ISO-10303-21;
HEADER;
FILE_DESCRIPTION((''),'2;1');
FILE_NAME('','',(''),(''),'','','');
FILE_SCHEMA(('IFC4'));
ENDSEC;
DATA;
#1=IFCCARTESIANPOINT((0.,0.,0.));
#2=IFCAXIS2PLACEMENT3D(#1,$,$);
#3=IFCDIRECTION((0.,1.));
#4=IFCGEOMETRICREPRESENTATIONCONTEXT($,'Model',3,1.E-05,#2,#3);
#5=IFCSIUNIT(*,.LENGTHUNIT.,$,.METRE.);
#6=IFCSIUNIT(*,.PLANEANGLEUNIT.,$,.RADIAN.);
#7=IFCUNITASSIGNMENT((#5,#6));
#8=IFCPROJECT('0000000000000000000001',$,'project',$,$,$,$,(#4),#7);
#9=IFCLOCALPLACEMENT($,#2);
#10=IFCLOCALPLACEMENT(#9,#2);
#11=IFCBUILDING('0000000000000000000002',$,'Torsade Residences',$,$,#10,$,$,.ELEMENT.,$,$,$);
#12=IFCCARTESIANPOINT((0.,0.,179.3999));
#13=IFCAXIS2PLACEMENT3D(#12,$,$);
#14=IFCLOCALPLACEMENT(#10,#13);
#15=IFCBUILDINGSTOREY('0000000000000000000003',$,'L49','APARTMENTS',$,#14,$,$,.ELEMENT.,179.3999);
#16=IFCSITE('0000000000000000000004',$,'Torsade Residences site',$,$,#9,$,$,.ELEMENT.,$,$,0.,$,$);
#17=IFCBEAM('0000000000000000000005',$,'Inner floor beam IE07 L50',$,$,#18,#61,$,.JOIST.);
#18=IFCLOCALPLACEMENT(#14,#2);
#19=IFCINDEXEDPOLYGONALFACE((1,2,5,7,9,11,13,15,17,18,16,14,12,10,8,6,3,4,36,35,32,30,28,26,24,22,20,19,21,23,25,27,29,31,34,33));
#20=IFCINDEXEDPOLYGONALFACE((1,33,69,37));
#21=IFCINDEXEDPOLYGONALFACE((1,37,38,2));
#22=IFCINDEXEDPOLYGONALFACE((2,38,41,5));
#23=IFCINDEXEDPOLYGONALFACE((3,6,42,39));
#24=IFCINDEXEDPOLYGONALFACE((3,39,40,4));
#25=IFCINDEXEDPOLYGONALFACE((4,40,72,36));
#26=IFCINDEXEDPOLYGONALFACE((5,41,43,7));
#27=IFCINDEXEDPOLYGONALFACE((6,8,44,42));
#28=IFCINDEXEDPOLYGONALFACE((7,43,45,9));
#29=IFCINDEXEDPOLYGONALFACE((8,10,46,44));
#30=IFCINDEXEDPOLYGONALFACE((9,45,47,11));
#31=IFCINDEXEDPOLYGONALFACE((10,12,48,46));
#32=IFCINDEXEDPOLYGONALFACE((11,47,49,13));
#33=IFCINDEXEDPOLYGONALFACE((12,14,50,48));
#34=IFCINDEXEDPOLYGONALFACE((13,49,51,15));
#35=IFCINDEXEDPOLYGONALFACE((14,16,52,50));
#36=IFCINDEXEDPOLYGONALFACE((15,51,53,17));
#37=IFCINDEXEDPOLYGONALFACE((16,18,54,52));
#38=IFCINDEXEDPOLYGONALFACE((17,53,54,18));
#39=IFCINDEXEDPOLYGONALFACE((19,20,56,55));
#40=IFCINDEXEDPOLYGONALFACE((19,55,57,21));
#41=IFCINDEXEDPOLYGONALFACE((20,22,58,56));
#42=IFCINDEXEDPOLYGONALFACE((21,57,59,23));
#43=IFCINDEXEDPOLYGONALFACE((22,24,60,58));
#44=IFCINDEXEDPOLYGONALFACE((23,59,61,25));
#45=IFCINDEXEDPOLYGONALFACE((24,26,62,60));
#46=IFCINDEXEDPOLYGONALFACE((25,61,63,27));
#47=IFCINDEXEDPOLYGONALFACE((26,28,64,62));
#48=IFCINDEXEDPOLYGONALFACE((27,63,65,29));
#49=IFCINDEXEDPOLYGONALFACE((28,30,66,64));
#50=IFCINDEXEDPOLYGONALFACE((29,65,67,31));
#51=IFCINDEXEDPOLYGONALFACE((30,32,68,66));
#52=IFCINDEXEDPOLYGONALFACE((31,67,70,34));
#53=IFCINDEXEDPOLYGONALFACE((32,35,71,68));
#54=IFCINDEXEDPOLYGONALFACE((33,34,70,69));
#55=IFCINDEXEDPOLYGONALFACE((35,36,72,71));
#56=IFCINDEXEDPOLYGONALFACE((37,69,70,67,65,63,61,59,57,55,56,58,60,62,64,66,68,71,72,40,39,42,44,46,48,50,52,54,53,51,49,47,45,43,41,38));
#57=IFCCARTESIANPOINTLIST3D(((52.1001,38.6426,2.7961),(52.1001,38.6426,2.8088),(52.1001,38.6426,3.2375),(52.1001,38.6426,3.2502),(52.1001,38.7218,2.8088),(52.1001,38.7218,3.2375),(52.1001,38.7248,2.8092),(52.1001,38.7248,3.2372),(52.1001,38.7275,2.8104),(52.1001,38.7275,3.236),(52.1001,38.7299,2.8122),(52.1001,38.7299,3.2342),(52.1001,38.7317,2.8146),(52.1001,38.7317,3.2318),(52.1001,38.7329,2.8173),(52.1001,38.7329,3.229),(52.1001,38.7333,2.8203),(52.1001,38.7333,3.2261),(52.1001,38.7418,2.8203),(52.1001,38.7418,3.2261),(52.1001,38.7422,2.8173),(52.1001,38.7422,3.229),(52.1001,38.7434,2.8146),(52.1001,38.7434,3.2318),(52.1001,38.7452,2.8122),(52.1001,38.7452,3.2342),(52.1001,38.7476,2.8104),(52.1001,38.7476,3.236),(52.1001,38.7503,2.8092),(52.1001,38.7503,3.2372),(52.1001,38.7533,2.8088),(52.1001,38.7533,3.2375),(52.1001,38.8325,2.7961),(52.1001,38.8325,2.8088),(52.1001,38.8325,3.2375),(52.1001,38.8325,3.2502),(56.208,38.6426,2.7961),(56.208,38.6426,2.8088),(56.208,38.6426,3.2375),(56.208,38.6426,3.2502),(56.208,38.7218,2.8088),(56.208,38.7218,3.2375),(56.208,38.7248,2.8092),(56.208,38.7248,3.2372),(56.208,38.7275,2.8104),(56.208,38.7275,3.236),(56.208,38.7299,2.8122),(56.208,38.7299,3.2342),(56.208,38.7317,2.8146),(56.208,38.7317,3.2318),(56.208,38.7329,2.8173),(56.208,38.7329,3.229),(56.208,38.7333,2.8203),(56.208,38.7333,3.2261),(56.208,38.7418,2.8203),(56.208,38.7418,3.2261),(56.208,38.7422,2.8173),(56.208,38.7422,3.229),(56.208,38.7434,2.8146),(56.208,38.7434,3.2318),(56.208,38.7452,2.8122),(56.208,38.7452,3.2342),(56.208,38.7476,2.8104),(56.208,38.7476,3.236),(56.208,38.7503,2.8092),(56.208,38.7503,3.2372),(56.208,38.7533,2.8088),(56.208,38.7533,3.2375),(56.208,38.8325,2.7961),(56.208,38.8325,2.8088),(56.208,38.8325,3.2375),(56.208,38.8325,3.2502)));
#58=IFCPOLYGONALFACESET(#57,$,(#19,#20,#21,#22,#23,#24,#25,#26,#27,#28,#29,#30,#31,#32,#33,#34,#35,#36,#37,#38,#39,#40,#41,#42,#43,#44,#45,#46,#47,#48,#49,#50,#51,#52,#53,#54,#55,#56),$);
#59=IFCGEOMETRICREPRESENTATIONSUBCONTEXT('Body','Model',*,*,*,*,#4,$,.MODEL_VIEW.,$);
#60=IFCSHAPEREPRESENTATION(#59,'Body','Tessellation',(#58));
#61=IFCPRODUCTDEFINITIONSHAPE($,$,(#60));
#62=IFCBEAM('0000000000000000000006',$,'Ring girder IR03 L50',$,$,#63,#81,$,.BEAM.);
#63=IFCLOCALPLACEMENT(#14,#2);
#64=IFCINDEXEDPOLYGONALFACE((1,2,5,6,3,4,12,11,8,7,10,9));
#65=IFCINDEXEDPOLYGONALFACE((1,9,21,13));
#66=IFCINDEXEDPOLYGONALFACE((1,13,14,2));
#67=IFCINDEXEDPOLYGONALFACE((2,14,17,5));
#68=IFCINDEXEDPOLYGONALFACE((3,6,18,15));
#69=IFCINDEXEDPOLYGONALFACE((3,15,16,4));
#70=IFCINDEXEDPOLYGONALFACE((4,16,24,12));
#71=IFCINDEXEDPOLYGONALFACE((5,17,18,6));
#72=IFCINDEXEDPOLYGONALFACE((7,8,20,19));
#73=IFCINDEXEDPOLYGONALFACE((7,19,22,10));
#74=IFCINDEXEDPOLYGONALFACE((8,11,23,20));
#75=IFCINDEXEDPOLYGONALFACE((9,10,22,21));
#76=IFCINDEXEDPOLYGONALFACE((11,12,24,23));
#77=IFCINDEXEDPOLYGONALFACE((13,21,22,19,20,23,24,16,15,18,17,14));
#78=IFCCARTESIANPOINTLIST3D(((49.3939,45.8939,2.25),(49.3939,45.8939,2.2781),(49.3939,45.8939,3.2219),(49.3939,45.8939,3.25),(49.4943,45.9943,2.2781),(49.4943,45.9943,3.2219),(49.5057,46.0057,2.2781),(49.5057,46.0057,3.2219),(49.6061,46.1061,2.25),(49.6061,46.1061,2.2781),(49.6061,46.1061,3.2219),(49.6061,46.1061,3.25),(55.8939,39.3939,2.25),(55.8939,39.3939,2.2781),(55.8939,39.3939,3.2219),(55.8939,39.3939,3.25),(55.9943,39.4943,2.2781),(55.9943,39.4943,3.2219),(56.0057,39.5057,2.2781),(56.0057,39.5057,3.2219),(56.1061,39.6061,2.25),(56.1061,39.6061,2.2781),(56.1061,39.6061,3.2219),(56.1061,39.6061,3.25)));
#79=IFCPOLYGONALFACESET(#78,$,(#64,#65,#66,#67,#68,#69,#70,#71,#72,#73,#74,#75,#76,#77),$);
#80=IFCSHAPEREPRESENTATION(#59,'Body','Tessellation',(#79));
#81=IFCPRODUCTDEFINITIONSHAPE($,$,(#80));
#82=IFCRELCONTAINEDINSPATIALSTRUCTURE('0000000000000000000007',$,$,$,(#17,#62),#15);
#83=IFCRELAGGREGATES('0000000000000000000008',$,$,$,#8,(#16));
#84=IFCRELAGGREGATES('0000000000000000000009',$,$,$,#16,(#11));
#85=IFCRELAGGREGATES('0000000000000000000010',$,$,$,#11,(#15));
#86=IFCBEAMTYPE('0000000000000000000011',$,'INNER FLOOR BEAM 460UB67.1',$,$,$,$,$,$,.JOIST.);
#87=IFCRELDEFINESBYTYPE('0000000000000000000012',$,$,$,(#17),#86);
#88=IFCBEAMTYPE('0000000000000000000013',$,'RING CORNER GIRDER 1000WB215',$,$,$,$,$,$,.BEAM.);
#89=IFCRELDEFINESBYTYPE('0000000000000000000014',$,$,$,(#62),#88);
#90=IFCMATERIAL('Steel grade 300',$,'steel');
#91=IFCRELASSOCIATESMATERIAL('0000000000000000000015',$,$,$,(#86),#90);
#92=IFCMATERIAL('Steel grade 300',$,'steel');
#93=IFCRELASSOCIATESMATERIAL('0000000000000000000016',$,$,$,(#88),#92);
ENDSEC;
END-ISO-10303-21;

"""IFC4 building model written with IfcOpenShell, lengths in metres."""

from ifc_helpers import new_model, si_unit, direction, frame, origin, origin_2d, place, context, subcontext, project, spatial, i_section, extrude, material, material_profile, profile_set, type_object, element, save


model = new_model("IFC4")

# Units and contexts
model_context = context("Model", 3, precision=1e-05, world=origin(), true_north=direction((0.0, 1.0)))
body_context = subcontext(model_context, "Body", "Model", "MODEL_VIEW")
ifc_project = project(units=[si_unit("LENGTHUNIT", "METRE"), si_unit("PLANEANGLEUNIT", "RADIAN")], contexts=[model_context])

# Site, building, storey
site_placement = place(None, origin())
site = spatial("IfcSite", under=ifc_project, at=site_placement, Name="Torsade Residences site", CompositionType="ELEMENT", RefElevation=0.0)
building_placement = place(site_placement, origin())
building = spatial("IfcBuilding", under=site, at=building_placement, Name="Torsade Residences", CompositionType="ELEMENT")
storey_placement = place(building_placement, frame((0.0, 0.0, 179.3999)))
storey = spatial("IfcBuildingStorey", under=building, at=storey_placement, Name="L49", Description="APARTMENTS", CompositionType="ELEMENT", Elevation=179.3999)

# Beams
ifc_material_1 = material(Name="Steel grade 300", Category="steel")
ifc_material_profile_1 = material_profile(ifc_material_1, i_section(OverallWidth=0.1899, OverallDepth=0.4541, WebThickness=0.0085, FlangeThickness=0.0127, FilletRadius=0.0115, at=origin_2d()), Name="460UB67.1")
ifc_profile_set_1 = profile_set([ifc_material_profile_1], Name="Steel grade 300")
beam_type_1 = type_object("IfcBeamType", Name="INNER FLOOR BEAM 460UB67.1", PredefinedType="JOIST", material=ifc_profile_set_1)
beam_1_placement = place(storey_placement, frame((52.1001, 38.7375, 3.0232), z_axis=(1.0, 0.0, 0.0), x_axis=(0.0, 1.0, 0.0)))
element("IfcBeam", 1, at=beam_1_placement, inside=storey, type_object=beam_type_1, Name="Inner floor beam IE07 L50", PredefinedType="JOIST", context=body_context, shape_type="SweptSolid", body=[
    extrude(i_section(OverallWidth=0.1899, OverallDepth=0.4541, WebThickness=0.0085, FlangeThickness=0.0127, FilletRadius=0.0115, at=origin_2d()), origin(), (0.0, 0.0, 1.0), 4.1079),
])
ifc_material_2 = material(Name="Steel grade 300", Category="steel")
ifc_material_profile_2 = material_profile(ifc_material_2, i_section(OverallWidth=0.3, OverallDepth=1.0, WebThickness=0.0161, FlangeThickness=0.0281, at=origin_2d()), Name="1000WB215")
ifc_profile_set_2 = profile_set([ifc_material_profile_2], Name="Steel grade 300")
beam_type_2 = type_object("IfcBeamType", Name="RING CORNER GIRDER 1000WB215", PredefinedType="BEAM", material=ifc_profile_set_2)
beam_2_placement = place(storey_placement, frame((56.0, 39.5, 2.75), z_axis=(-0.707107, 0.707107, 0.0), x_axis=(-0.707107, -0.707107, 0.0)))
element("IfcBeam", 2, at=beam_2_placement, inside=storey, type_object=beam_type_2, Name="Ring girder IR03 L50", PredefinedType="BEAM", context=body_context, shape_type="SweptSolid", body=[
    extrude(i_section(OverallWidth=0.3, OverallDepth=1.0, WebThickness=0.0161, FlangeThickness=0.0281, at=origin_2d()), origin(), (0.0, 0.0, 1.0), 9.1924),
])

save(model, "model.ifc")
